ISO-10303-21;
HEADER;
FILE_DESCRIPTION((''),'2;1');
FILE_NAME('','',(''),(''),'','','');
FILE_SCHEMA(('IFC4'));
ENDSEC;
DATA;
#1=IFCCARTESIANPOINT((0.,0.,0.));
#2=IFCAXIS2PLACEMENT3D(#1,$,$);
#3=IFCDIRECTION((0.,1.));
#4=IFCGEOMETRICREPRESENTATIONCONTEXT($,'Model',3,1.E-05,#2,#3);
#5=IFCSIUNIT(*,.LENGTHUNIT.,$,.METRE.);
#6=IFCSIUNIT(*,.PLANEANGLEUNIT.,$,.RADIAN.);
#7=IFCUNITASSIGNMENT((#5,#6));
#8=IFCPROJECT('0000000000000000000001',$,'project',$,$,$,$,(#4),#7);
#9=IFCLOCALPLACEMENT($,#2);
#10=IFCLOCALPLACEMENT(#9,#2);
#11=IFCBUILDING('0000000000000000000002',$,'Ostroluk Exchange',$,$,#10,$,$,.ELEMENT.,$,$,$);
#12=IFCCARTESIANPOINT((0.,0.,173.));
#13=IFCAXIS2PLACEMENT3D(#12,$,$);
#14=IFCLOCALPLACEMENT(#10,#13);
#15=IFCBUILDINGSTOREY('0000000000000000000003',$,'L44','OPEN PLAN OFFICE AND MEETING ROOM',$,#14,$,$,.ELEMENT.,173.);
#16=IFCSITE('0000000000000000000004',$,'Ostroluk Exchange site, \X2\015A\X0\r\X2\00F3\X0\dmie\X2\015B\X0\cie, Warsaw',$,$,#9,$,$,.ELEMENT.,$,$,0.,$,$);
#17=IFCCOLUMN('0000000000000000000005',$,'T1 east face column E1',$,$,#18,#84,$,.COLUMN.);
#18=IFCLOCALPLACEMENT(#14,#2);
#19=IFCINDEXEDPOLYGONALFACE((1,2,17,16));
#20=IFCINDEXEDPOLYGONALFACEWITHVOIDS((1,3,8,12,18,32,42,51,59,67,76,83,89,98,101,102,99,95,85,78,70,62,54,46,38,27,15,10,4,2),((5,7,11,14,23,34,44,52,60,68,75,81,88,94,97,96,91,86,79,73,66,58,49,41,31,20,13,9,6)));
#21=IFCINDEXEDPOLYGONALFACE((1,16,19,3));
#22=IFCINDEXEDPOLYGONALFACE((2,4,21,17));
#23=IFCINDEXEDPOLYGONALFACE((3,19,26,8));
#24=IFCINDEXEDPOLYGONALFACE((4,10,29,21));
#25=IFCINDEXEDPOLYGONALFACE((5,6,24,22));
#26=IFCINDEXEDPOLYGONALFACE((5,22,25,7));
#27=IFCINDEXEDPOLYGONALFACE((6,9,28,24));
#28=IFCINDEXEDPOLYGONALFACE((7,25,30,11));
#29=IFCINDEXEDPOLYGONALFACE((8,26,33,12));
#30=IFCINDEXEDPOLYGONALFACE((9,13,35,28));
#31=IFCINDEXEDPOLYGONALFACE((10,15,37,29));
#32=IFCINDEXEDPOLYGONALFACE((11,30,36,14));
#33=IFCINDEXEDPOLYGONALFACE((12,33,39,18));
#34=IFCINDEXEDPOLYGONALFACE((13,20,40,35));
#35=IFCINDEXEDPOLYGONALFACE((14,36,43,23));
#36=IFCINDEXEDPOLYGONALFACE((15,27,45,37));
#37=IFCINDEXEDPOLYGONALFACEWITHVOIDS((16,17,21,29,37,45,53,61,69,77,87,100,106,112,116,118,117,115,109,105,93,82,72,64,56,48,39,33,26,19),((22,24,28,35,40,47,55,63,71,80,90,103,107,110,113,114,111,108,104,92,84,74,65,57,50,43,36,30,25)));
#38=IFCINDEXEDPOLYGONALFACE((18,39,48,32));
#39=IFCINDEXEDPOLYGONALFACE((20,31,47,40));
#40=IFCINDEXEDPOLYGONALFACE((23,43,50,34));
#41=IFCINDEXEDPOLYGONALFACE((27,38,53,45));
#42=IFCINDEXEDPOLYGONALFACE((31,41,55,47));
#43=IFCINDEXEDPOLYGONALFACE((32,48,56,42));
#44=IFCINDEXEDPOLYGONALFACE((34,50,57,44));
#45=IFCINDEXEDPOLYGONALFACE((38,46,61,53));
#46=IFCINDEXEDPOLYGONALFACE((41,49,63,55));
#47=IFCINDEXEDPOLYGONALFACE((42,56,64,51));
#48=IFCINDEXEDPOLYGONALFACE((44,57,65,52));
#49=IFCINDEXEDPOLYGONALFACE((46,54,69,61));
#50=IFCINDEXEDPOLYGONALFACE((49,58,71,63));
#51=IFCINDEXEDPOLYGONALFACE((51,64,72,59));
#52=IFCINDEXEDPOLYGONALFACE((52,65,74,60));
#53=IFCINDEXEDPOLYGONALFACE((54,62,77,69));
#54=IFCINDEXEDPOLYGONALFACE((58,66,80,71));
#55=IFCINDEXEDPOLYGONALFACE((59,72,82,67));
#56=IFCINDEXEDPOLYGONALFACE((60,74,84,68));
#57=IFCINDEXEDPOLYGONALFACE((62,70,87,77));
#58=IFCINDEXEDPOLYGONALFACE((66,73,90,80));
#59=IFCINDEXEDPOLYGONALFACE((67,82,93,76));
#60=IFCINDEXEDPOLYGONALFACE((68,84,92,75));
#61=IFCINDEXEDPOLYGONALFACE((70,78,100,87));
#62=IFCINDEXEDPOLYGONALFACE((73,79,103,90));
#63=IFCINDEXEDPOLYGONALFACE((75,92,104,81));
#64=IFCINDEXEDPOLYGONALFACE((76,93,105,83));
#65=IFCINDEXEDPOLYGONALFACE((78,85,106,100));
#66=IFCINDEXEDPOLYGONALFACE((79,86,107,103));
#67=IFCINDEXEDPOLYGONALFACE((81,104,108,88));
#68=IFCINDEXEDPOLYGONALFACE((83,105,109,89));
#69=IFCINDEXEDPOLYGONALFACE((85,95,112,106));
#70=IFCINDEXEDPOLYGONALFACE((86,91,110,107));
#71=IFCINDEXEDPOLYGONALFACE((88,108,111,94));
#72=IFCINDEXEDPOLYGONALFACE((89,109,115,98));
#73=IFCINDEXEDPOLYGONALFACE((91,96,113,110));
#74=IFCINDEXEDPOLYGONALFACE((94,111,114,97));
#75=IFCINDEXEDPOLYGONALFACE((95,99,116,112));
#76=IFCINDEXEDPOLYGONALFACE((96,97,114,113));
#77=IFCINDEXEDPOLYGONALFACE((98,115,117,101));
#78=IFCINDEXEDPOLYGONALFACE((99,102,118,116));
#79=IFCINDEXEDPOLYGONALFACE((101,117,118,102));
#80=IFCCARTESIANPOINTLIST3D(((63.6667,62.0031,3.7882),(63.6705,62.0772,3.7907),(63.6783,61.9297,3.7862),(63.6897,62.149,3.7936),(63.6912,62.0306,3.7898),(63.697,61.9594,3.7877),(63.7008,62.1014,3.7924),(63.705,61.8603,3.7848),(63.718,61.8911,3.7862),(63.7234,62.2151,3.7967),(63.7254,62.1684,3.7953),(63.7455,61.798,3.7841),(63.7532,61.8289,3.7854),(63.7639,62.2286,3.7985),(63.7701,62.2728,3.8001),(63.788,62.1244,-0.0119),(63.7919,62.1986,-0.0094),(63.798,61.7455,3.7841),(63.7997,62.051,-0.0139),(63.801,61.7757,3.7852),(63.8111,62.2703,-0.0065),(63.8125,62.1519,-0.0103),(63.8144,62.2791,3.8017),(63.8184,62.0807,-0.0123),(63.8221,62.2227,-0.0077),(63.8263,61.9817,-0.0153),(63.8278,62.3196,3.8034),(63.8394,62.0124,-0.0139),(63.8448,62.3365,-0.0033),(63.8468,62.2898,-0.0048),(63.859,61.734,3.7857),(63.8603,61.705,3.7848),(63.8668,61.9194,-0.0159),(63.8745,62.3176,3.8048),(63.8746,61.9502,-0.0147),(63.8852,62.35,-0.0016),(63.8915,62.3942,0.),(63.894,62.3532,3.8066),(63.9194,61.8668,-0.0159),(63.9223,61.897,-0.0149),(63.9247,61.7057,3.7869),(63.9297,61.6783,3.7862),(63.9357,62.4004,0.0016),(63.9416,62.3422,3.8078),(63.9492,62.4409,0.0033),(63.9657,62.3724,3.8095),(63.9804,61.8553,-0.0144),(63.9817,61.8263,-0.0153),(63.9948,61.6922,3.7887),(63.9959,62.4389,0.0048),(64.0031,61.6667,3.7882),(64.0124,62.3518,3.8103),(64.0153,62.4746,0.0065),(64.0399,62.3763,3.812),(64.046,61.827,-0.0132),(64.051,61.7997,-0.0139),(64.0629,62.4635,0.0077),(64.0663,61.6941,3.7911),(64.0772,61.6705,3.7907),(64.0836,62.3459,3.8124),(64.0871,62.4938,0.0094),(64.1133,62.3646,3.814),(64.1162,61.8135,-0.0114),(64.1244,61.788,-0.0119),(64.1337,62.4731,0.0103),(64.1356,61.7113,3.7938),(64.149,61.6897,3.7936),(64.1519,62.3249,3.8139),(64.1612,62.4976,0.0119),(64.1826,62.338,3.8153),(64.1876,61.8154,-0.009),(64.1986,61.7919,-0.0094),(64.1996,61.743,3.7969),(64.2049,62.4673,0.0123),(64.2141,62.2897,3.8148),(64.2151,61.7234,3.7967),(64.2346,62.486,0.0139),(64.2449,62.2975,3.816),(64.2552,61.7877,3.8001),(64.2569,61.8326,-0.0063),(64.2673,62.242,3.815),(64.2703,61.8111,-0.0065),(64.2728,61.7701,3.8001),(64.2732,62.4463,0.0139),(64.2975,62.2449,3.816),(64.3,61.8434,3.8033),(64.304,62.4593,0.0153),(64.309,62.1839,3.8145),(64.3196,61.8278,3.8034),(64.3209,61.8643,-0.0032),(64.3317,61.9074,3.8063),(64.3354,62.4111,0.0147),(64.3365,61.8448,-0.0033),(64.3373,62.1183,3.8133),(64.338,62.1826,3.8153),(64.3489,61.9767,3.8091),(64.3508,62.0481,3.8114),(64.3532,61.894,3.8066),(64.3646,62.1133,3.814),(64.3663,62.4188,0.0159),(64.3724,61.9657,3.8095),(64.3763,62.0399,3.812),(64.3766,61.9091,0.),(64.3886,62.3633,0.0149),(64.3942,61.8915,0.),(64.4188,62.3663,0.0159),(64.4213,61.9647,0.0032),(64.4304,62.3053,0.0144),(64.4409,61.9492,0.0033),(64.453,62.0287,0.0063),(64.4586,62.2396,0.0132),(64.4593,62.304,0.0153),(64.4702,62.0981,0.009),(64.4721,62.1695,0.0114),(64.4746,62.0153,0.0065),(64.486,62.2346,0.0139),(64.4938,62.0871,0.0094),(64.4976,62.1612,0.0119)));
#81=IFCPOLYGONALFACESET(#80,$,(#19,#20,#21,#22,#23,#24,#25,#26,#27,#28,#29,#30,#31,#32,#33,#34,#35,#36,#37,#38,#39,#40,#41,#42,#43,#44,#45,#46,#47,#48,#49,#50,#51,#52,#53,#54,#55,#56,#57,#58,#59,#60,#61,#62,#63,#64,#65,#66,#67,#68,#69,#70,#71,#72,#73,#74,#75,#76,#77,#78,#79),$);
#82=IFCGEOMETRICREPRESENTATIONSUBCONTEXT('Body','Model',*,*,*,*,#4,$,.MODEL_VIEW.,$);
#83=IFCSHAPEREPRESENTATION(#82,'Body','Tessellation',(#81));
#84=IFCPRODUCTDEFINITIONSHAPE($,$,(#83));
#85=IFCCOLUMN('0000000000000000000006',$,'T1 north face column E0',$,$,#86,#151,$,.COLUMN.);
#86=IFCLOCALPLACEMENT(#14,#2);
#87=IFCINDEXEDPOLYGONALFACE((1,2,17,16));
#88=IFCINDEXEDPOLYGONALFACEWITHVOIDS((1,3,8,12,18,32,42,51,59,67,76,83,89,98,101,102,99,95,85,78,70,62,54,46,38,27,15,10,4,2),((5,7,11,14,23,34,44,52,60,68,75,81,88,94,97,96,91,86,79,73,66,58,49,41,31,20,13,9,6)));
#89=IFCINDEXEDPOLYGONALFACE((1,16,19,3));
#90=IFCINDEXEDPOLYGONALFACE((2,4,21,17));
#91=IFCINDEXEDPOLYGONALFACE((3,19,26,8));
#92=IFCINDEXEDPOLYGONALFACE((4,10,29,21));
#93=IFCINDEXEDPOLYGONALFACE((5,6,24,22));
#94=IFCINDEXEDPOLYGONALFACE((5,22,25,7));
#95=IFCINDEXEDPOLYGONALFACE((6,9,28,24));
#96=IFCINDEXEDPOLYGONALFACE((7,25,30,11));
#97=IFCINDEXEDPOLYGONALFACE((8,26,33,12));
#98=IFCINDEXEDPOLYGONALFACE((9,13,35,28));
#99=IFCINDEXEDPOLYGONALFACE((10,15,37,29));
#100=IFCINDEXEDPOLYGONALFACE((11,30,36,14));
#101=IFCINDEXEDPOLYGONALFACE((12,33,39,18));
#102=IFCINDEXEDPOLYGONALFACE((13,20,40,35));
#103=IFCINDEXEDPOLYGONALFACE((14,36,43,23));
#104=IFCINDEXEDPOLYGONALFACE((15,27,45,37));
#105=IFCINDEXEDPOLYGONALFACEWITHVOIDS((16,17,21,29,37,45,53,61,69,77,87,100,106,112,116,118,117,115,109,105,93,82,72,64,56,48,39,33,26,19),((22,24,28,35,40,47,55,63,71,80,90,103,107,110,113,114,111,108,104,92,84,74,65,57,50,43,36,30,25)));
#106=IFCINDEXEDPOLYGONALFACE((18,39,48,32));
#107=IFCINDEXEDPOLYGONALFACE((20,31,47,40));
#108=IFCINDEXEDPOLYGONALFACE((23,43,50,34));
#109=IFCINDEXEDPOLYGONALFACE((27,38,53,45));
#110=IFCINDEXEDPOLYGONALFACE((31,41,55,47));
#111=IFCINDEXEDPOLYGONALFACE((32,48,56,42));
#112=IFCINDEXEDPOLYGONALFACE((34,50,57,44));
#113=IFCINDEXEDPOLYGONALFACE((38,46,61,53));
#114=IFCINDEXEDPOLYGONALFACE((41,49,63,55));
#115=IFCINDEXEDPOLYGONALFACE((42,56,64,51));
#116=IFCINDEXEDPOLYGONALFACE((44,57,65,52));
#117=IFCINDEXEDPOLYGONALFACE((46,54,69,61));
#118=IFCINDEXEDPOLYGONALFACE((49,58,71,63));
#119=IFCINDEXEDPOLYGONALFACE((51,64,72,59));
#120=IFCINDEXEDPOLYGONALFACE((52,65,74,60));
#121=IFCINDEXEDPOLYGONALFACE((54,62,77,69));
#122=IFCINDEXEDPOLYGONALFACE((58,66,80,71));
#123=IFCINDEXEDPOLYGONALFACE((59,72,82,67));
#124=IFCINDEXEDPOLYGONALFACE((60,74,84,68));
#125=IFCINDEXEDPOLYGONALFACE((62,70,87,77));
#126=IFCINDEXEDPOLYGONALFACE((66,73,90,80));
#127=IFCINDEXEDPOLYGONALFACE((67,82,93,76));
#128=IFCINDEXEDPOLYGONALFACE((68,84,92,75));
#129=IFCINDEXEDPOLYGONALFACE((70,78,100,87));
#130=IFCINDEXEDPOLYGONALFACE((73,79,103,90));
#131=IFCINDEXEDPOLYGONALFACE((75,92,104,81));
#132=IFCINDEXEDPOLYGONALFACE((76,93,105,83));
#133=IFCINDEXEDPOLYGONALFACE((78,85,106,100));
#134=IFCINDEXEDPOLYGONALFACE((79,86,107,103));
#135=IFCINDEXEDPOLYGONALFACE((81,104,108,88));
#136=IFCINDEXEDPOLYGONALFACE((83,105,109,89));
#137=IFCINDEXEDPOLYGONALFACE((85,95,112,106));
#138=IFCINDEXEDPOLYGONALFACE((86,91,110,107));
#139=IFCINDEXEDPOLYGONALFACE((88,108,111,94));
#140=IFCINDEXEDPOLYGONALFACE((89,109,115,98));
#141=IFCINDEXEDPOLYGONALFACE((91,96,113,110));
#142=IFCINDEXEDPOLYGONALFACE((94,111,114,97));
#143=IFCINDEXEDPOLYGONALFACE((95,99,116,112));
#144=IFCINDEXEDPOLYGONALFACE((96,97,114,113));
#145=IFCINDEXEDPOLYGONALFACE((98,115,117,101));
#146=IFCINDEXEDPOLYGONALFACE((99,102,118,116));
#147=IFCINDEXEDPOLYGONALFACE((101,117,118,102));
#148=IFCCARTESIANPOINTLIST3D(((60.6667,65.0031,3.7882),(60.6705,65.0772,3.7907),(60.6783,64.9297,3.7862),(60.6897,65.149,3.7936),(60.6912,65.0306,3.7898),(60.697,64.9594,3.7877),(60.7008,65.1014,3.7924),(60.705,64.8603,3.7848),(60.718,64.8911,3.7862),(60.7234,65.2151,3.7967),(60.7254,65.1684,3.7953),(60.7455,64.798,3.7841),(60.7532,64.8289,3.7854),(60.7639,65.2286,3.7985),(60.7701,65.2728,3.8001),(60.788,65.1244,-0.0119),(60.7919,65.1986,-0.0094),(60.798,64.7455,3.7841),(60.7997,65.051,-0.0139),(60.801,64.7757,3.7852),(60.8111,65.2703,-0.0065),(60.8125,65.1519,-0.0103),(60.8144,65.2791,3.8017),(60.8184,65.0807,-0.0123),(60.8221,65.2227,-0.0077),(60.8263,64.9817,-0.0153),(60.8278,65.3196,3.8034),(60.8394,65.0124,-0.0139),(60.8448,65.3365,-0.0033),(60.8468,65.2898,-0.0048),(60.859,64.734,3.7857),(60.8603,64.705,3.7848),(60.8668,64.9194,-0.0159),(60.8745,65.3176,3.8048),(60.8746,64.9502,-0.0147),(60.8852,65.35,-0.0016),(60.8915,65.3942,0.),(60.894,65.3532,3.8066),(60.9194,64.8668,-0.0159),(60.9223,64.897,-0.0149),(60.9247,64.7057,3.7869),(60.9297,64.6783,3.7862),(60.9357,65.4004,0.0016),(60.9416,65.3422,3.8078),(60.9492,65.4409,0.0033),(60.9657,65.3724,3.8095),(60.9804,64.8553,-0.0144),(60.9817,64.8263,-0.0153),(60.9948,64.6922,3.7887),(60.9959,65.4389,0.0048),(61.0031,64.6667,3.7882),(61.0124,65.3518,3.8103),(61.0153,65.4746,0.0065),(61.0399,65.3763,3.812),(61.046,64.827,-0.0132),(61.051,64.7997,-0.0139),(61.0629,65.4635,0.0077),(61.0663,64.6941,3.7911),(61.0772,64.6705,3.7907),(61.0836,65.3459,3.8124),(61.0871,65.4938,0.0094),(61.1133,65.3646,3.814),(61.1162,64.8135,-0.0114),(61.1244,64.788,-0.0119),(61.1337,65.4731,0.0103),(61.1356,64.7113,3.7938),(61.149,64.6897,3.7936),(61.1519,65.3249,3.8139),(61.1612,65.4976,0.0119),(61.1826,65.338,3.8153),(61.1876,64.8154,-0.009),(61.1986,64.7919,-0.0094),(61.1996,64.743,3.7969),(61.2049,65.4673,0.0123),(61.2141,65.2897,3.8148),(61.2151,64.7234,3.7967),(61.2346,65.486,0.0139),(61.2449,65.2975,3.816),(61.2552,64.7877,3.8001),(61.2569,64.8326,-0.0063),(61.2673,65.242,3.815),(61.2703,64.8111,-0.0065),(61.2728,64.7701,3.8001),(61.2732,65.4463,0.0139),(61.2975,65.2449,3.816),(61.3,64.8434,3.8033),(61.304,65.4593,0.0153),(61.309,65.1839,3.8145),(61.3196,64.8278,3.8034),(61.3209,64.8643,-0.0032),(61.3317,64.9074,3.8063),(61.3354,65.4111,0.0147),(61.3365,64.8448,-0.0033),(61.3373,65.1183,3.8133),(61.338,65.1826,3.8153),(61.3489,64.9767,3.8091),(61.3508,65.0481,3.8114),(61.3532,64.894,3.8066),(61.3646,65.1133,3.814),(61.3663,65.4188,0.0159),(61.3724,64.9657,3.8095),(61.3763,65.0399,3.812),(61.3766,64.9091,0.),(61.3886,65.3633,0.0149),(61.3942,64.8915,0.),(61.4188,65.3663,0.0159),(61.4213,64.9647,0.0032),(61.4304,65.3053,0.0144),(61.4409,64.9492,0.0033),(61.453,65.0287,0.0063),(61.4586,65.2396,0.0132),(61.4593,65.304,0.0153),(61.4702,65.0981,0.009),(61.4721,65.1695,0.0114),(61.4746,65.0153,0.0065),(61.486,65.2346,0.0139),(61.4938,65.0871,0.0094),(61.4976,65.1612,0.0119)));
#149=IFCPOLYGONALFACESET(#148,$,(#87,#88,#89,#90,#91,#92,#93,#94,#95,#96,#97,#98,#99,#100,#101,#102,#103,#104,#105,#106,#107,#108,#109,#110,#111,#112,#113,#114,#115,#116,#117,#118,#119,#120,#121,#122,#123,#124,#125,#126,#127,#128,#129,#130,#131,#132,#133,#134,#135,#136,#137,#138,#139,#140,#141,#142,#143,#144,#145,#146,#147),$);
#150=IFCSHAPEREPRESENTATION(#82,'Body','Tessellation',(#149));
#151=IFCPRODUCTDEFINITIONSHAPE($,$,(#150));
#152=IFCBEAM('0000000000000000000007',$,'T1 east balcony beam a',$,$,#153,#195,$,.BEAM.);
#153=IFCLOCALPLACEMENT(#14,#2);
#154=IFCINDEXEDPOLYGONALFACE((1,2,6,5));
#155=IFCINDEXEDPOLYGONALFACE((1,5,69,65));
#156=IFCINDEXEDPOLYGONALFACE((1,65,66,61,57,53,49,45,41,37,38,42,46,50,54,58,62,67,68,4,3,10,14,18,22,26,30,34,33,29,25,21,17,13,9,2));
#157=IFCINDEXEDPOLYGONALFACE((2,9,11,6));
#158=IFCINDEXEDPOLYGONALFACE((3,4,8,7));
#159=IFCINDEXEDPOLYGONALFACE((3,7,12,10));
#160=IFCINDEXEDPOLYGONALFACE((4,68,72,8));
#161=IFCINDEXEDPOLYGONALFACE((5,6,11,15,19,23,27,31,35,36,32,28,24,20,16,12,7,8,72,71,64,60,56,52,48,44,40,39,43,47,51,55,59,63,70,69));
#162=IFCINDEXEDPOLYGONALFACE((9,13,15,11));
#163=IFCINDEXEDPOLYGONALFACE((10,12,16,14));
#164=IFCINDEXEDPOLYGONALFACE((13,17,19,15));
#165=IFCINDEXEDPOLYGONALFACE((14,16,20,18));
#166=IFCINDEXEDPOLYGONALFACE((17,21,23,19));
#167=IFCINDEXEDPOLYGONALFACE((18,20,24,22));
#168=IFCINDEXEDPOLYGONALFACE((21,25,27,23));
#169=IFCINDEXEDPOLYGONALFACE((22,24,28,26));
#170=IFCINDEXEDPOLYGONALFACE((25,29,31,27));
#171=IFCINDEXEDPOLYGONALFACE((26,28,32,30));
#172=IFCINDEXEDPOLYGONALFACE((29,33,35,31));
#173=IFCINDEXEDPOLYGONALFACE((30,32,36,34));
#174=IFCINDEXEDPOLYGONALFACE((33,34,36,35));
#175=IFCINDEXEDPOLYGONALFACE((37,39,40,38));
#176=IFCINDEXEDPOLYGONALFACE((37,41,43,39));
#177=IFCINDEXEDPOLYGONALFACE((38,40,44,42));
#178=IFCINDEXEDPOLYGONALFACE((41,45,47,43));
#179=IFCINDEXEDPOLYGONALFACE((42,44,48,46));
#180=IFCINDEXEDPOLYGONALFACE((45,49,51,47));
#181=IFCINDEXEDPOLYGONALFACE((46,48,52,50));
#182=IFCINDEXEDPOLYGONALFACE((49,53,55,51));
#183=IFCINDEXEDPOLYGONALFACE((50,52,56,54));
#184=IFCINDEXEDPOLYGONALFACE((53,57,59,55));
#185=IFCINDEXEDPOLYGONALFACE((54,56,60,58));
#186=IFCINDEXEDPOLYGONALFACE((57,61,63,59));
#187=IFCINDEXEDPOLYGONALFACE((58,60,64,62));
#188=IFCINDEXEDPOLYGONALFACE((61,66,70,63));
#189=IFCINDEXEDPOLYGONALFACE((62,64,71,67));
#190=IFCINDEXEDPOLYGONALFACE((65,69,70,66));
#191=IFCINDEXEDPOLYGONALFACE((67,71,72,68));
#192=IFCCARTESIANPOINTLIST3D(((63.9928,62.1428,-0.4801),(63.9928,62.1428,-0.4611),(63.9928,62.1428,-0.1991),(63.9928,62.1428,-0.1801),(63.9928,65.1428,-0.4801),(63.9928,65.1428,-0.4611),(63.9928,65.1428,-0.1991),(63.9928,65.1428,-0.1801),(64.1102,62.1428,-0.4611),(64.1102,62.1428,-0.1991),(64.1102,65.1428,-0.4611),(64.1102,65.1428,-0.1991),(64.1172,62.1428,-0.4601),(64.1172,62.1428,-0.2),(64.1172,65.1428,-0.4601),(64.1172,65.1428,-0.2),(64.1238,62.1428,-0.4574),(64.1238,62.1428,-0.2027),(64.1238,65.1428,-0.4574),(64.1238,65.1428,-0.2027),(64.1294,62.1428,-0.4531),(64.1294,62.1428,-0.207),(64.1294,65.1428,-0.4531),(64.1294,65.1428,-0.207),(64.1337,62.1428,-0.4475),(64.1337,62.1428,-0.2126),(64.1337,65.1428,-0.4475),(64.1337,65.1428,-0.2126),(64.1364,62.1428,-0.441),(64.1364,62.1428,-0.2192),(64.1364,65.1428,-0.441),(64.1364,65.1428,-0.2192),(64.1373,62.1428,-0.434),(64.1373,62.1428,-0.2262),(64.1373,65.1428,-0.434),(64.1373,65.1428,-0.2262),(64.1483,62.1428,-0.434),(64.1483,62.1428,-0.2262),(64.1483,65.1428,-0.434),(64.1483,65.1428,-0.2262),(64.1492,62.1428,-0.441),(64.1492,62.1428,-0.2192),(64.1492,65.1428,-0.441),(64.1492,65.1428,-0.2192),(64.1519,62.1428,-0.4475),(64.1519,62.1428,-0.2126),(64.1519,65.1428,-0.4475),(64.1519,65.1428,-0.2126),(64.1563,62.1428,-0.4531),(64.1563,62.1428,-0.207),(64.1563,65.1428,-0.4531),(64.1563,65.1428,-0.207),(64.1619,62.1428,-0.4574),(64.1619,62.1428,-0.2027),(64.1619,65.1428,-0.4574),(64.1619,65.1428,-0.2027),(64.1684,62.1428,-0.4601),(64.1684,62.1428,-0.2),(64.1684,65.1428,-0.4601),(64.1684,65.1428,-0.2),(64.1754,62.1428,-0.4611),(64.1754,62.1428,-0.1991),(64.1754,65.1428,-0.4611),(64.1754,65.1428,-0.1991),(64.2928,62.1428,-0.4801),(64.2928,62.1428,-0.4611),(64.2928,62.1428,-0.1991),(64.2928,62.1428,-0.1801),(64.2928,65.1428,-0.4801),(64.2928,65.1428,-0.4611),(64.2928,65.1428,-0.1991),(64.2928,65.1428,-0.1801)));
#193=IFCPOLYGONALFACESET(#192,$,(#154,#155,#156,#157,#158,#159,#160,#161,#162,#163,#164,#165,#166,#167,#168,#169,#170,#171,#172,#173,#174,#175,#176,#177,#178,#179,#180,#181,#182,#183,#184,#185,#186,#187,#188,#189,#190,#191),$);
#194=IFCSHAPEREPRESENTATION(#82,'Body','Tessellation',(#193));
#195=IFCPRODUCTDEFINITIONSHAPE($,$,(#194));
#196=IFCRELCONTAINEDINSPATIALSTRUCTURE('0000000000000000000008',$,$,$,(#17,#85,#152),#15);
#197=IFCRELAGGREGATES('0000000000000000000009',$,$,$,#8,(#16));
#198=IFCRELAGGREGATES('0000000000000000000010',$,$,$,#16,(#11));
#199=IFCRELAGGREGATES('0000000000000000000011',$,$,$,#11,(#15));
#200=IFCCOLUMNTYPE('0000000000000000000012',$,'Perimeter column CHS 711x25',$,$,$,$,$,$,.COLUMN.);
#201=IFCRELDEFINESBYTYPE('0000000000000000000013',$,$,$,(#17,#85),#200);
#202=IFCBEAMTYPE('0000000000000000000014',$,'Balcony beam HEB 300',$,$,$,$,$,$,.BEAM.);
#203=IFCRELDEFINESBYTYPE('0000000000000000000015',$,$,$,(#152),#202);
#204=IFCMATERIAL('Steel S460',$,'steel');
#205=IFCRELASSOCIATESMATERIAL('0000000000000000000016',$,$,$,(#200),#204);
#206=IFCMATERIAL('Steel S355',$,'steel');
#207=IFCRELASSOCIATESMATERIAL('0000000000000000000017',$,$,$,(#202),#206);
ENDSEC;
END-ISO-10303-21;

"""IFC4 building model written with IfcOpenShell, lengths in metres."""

from ifc_helpers import new_model, si_unit, direction, frame, origin, origin_2d, place, context, subcontext, project, spatial, hollow_circle, i_section, extrude, material, material_profile, profile_set, type_object, element, save


model = new_model("IFC4")

# Units and contexts
model_context = context("Model", 3, precision=1e-05, world=origin(), true_north=direction((0.0, 1.0)))
body_context = subcontext(model_context, "Body", "Model", "MODEL_VIEW")
ifc_project = project(units=[si_unit("LENGTHUNIT", "METRE"), si_unit("PLANEANGLEUNIT", "RADIAN")], contexts=[model_context])

# Site, building, storey
site_placement = place(None, origin())
site = spatial("IfcSite", under=ifc_project, at=site_placement, Name="Ostroluk Exchange site, Śródmieście, Warsaw", CompositionType="ELEMENT", RefElevation=0.0)
building_placement = place(site_placement, origin())
building = spatial("IfcBuilding", under=site, at=building_placement, Name="Ostroluk Exchange", CompositionType="ELEMENT")
storey_placement = place(building_placement, frame((0.0, 0.0, 173.0)))
storey = spatial("IfcBuildingStorey", under=building, at=storey_placement, Name="L44", Description="OPEN PLAN OFFICE AND MEETING ROOM", CompositionType="ELEMENT", Elevation=173.0)

# Columns
ifc_material_1 = material(Name="Steel S460", Category="steel")
ifc_material_profile_1 = material_profile(ifc_material_1, hollow_circle(Radius=0.3555, WallThickness=0.0249, at=origin_2d()), Name="CHS 711x25")
ifc_profile_set_1 = profile_set([ifc_material_profile_1], Name="Steel S460")
column_type = type_object("IfcColumnType", Name="Perimeter column CHS 711x25", PredefinedType="COLUMN", material=ifc_profile_set_1)
for number, where, z_axis, x_axis, name in (
    (1, (64.1428, 62.1428, 0.0), (-0.031898, -0.031898, 0.998982), (0.707107, -0.707107, 0.0), "T1 east face column E1"),
    (2, (61.1428, 65.1428, 0.0), (-0.031898, -0.031898, 0.998982), (0.707107, -0.707107, 0.0), "T1 north face column E0"),
):
    element("IfcColumn", number, at=place(storey_placement, frame(where, z_axis=z_axis, x_axis=x_axis)), inside=storey, type_object=column_type, Name=name, PredefinedType="COLUMN", context=body_context, shape_type="SweptSolid", body=[
        extrude(hollow_circle(Radius=0.3555, WallThickness=0.0249, at=origin_2d()), origin(), (0.0, 0.0, 1.0), 3.804),
    ])

# Beam
ifc_material_2 = material(Name="Steel S355", Category="steel")
ifc_material_profile_2 = material_profile(ifc_material_2, i_section(OverallWidth=0.3, OverallDepth=0.3, WebThickness=0.011, FlangeThickness=0.019, FilletRadius=0.0271, at=origin_2d()), Name="HEB 300")
ifc_profile_set_2 = profile_set([ifc_material_profile_2], Name="Steel S355")
beam_type_1 = type_object("IfcBeamType", Name="Balcony beam HEB 300", PredefinedType="BEAM", material=ifc_profile_set_2)
for number, where, z_axis, x_axis, name in (
    (3, (64.1428, 62.1428, -0.3301), (0.0, 1.0, 0.0), (-1.0, 0.0, 0.0), "T1 east balcony beam a"),
):
    element("IfcBeam", number, at=place(storey_placement, frame(where, z_axis=z_axis, x_axis=x_axis)), inside=storey, type_object=beam_type_1, Name=name, PredefinedType="BEAM", context=body_context, shape_type="SweptSolid", body=[
        extrude(i_section(OverallWidth=0.3, OverallDepth=0.3, WebThickness=0.011, FlangeThickness=0.019, FilletRadius=0.0271, at=origin_2d()), origin(), (0.0, 0.0, 1.0), 3.0),
    ])

save(model, "model.ifc")
